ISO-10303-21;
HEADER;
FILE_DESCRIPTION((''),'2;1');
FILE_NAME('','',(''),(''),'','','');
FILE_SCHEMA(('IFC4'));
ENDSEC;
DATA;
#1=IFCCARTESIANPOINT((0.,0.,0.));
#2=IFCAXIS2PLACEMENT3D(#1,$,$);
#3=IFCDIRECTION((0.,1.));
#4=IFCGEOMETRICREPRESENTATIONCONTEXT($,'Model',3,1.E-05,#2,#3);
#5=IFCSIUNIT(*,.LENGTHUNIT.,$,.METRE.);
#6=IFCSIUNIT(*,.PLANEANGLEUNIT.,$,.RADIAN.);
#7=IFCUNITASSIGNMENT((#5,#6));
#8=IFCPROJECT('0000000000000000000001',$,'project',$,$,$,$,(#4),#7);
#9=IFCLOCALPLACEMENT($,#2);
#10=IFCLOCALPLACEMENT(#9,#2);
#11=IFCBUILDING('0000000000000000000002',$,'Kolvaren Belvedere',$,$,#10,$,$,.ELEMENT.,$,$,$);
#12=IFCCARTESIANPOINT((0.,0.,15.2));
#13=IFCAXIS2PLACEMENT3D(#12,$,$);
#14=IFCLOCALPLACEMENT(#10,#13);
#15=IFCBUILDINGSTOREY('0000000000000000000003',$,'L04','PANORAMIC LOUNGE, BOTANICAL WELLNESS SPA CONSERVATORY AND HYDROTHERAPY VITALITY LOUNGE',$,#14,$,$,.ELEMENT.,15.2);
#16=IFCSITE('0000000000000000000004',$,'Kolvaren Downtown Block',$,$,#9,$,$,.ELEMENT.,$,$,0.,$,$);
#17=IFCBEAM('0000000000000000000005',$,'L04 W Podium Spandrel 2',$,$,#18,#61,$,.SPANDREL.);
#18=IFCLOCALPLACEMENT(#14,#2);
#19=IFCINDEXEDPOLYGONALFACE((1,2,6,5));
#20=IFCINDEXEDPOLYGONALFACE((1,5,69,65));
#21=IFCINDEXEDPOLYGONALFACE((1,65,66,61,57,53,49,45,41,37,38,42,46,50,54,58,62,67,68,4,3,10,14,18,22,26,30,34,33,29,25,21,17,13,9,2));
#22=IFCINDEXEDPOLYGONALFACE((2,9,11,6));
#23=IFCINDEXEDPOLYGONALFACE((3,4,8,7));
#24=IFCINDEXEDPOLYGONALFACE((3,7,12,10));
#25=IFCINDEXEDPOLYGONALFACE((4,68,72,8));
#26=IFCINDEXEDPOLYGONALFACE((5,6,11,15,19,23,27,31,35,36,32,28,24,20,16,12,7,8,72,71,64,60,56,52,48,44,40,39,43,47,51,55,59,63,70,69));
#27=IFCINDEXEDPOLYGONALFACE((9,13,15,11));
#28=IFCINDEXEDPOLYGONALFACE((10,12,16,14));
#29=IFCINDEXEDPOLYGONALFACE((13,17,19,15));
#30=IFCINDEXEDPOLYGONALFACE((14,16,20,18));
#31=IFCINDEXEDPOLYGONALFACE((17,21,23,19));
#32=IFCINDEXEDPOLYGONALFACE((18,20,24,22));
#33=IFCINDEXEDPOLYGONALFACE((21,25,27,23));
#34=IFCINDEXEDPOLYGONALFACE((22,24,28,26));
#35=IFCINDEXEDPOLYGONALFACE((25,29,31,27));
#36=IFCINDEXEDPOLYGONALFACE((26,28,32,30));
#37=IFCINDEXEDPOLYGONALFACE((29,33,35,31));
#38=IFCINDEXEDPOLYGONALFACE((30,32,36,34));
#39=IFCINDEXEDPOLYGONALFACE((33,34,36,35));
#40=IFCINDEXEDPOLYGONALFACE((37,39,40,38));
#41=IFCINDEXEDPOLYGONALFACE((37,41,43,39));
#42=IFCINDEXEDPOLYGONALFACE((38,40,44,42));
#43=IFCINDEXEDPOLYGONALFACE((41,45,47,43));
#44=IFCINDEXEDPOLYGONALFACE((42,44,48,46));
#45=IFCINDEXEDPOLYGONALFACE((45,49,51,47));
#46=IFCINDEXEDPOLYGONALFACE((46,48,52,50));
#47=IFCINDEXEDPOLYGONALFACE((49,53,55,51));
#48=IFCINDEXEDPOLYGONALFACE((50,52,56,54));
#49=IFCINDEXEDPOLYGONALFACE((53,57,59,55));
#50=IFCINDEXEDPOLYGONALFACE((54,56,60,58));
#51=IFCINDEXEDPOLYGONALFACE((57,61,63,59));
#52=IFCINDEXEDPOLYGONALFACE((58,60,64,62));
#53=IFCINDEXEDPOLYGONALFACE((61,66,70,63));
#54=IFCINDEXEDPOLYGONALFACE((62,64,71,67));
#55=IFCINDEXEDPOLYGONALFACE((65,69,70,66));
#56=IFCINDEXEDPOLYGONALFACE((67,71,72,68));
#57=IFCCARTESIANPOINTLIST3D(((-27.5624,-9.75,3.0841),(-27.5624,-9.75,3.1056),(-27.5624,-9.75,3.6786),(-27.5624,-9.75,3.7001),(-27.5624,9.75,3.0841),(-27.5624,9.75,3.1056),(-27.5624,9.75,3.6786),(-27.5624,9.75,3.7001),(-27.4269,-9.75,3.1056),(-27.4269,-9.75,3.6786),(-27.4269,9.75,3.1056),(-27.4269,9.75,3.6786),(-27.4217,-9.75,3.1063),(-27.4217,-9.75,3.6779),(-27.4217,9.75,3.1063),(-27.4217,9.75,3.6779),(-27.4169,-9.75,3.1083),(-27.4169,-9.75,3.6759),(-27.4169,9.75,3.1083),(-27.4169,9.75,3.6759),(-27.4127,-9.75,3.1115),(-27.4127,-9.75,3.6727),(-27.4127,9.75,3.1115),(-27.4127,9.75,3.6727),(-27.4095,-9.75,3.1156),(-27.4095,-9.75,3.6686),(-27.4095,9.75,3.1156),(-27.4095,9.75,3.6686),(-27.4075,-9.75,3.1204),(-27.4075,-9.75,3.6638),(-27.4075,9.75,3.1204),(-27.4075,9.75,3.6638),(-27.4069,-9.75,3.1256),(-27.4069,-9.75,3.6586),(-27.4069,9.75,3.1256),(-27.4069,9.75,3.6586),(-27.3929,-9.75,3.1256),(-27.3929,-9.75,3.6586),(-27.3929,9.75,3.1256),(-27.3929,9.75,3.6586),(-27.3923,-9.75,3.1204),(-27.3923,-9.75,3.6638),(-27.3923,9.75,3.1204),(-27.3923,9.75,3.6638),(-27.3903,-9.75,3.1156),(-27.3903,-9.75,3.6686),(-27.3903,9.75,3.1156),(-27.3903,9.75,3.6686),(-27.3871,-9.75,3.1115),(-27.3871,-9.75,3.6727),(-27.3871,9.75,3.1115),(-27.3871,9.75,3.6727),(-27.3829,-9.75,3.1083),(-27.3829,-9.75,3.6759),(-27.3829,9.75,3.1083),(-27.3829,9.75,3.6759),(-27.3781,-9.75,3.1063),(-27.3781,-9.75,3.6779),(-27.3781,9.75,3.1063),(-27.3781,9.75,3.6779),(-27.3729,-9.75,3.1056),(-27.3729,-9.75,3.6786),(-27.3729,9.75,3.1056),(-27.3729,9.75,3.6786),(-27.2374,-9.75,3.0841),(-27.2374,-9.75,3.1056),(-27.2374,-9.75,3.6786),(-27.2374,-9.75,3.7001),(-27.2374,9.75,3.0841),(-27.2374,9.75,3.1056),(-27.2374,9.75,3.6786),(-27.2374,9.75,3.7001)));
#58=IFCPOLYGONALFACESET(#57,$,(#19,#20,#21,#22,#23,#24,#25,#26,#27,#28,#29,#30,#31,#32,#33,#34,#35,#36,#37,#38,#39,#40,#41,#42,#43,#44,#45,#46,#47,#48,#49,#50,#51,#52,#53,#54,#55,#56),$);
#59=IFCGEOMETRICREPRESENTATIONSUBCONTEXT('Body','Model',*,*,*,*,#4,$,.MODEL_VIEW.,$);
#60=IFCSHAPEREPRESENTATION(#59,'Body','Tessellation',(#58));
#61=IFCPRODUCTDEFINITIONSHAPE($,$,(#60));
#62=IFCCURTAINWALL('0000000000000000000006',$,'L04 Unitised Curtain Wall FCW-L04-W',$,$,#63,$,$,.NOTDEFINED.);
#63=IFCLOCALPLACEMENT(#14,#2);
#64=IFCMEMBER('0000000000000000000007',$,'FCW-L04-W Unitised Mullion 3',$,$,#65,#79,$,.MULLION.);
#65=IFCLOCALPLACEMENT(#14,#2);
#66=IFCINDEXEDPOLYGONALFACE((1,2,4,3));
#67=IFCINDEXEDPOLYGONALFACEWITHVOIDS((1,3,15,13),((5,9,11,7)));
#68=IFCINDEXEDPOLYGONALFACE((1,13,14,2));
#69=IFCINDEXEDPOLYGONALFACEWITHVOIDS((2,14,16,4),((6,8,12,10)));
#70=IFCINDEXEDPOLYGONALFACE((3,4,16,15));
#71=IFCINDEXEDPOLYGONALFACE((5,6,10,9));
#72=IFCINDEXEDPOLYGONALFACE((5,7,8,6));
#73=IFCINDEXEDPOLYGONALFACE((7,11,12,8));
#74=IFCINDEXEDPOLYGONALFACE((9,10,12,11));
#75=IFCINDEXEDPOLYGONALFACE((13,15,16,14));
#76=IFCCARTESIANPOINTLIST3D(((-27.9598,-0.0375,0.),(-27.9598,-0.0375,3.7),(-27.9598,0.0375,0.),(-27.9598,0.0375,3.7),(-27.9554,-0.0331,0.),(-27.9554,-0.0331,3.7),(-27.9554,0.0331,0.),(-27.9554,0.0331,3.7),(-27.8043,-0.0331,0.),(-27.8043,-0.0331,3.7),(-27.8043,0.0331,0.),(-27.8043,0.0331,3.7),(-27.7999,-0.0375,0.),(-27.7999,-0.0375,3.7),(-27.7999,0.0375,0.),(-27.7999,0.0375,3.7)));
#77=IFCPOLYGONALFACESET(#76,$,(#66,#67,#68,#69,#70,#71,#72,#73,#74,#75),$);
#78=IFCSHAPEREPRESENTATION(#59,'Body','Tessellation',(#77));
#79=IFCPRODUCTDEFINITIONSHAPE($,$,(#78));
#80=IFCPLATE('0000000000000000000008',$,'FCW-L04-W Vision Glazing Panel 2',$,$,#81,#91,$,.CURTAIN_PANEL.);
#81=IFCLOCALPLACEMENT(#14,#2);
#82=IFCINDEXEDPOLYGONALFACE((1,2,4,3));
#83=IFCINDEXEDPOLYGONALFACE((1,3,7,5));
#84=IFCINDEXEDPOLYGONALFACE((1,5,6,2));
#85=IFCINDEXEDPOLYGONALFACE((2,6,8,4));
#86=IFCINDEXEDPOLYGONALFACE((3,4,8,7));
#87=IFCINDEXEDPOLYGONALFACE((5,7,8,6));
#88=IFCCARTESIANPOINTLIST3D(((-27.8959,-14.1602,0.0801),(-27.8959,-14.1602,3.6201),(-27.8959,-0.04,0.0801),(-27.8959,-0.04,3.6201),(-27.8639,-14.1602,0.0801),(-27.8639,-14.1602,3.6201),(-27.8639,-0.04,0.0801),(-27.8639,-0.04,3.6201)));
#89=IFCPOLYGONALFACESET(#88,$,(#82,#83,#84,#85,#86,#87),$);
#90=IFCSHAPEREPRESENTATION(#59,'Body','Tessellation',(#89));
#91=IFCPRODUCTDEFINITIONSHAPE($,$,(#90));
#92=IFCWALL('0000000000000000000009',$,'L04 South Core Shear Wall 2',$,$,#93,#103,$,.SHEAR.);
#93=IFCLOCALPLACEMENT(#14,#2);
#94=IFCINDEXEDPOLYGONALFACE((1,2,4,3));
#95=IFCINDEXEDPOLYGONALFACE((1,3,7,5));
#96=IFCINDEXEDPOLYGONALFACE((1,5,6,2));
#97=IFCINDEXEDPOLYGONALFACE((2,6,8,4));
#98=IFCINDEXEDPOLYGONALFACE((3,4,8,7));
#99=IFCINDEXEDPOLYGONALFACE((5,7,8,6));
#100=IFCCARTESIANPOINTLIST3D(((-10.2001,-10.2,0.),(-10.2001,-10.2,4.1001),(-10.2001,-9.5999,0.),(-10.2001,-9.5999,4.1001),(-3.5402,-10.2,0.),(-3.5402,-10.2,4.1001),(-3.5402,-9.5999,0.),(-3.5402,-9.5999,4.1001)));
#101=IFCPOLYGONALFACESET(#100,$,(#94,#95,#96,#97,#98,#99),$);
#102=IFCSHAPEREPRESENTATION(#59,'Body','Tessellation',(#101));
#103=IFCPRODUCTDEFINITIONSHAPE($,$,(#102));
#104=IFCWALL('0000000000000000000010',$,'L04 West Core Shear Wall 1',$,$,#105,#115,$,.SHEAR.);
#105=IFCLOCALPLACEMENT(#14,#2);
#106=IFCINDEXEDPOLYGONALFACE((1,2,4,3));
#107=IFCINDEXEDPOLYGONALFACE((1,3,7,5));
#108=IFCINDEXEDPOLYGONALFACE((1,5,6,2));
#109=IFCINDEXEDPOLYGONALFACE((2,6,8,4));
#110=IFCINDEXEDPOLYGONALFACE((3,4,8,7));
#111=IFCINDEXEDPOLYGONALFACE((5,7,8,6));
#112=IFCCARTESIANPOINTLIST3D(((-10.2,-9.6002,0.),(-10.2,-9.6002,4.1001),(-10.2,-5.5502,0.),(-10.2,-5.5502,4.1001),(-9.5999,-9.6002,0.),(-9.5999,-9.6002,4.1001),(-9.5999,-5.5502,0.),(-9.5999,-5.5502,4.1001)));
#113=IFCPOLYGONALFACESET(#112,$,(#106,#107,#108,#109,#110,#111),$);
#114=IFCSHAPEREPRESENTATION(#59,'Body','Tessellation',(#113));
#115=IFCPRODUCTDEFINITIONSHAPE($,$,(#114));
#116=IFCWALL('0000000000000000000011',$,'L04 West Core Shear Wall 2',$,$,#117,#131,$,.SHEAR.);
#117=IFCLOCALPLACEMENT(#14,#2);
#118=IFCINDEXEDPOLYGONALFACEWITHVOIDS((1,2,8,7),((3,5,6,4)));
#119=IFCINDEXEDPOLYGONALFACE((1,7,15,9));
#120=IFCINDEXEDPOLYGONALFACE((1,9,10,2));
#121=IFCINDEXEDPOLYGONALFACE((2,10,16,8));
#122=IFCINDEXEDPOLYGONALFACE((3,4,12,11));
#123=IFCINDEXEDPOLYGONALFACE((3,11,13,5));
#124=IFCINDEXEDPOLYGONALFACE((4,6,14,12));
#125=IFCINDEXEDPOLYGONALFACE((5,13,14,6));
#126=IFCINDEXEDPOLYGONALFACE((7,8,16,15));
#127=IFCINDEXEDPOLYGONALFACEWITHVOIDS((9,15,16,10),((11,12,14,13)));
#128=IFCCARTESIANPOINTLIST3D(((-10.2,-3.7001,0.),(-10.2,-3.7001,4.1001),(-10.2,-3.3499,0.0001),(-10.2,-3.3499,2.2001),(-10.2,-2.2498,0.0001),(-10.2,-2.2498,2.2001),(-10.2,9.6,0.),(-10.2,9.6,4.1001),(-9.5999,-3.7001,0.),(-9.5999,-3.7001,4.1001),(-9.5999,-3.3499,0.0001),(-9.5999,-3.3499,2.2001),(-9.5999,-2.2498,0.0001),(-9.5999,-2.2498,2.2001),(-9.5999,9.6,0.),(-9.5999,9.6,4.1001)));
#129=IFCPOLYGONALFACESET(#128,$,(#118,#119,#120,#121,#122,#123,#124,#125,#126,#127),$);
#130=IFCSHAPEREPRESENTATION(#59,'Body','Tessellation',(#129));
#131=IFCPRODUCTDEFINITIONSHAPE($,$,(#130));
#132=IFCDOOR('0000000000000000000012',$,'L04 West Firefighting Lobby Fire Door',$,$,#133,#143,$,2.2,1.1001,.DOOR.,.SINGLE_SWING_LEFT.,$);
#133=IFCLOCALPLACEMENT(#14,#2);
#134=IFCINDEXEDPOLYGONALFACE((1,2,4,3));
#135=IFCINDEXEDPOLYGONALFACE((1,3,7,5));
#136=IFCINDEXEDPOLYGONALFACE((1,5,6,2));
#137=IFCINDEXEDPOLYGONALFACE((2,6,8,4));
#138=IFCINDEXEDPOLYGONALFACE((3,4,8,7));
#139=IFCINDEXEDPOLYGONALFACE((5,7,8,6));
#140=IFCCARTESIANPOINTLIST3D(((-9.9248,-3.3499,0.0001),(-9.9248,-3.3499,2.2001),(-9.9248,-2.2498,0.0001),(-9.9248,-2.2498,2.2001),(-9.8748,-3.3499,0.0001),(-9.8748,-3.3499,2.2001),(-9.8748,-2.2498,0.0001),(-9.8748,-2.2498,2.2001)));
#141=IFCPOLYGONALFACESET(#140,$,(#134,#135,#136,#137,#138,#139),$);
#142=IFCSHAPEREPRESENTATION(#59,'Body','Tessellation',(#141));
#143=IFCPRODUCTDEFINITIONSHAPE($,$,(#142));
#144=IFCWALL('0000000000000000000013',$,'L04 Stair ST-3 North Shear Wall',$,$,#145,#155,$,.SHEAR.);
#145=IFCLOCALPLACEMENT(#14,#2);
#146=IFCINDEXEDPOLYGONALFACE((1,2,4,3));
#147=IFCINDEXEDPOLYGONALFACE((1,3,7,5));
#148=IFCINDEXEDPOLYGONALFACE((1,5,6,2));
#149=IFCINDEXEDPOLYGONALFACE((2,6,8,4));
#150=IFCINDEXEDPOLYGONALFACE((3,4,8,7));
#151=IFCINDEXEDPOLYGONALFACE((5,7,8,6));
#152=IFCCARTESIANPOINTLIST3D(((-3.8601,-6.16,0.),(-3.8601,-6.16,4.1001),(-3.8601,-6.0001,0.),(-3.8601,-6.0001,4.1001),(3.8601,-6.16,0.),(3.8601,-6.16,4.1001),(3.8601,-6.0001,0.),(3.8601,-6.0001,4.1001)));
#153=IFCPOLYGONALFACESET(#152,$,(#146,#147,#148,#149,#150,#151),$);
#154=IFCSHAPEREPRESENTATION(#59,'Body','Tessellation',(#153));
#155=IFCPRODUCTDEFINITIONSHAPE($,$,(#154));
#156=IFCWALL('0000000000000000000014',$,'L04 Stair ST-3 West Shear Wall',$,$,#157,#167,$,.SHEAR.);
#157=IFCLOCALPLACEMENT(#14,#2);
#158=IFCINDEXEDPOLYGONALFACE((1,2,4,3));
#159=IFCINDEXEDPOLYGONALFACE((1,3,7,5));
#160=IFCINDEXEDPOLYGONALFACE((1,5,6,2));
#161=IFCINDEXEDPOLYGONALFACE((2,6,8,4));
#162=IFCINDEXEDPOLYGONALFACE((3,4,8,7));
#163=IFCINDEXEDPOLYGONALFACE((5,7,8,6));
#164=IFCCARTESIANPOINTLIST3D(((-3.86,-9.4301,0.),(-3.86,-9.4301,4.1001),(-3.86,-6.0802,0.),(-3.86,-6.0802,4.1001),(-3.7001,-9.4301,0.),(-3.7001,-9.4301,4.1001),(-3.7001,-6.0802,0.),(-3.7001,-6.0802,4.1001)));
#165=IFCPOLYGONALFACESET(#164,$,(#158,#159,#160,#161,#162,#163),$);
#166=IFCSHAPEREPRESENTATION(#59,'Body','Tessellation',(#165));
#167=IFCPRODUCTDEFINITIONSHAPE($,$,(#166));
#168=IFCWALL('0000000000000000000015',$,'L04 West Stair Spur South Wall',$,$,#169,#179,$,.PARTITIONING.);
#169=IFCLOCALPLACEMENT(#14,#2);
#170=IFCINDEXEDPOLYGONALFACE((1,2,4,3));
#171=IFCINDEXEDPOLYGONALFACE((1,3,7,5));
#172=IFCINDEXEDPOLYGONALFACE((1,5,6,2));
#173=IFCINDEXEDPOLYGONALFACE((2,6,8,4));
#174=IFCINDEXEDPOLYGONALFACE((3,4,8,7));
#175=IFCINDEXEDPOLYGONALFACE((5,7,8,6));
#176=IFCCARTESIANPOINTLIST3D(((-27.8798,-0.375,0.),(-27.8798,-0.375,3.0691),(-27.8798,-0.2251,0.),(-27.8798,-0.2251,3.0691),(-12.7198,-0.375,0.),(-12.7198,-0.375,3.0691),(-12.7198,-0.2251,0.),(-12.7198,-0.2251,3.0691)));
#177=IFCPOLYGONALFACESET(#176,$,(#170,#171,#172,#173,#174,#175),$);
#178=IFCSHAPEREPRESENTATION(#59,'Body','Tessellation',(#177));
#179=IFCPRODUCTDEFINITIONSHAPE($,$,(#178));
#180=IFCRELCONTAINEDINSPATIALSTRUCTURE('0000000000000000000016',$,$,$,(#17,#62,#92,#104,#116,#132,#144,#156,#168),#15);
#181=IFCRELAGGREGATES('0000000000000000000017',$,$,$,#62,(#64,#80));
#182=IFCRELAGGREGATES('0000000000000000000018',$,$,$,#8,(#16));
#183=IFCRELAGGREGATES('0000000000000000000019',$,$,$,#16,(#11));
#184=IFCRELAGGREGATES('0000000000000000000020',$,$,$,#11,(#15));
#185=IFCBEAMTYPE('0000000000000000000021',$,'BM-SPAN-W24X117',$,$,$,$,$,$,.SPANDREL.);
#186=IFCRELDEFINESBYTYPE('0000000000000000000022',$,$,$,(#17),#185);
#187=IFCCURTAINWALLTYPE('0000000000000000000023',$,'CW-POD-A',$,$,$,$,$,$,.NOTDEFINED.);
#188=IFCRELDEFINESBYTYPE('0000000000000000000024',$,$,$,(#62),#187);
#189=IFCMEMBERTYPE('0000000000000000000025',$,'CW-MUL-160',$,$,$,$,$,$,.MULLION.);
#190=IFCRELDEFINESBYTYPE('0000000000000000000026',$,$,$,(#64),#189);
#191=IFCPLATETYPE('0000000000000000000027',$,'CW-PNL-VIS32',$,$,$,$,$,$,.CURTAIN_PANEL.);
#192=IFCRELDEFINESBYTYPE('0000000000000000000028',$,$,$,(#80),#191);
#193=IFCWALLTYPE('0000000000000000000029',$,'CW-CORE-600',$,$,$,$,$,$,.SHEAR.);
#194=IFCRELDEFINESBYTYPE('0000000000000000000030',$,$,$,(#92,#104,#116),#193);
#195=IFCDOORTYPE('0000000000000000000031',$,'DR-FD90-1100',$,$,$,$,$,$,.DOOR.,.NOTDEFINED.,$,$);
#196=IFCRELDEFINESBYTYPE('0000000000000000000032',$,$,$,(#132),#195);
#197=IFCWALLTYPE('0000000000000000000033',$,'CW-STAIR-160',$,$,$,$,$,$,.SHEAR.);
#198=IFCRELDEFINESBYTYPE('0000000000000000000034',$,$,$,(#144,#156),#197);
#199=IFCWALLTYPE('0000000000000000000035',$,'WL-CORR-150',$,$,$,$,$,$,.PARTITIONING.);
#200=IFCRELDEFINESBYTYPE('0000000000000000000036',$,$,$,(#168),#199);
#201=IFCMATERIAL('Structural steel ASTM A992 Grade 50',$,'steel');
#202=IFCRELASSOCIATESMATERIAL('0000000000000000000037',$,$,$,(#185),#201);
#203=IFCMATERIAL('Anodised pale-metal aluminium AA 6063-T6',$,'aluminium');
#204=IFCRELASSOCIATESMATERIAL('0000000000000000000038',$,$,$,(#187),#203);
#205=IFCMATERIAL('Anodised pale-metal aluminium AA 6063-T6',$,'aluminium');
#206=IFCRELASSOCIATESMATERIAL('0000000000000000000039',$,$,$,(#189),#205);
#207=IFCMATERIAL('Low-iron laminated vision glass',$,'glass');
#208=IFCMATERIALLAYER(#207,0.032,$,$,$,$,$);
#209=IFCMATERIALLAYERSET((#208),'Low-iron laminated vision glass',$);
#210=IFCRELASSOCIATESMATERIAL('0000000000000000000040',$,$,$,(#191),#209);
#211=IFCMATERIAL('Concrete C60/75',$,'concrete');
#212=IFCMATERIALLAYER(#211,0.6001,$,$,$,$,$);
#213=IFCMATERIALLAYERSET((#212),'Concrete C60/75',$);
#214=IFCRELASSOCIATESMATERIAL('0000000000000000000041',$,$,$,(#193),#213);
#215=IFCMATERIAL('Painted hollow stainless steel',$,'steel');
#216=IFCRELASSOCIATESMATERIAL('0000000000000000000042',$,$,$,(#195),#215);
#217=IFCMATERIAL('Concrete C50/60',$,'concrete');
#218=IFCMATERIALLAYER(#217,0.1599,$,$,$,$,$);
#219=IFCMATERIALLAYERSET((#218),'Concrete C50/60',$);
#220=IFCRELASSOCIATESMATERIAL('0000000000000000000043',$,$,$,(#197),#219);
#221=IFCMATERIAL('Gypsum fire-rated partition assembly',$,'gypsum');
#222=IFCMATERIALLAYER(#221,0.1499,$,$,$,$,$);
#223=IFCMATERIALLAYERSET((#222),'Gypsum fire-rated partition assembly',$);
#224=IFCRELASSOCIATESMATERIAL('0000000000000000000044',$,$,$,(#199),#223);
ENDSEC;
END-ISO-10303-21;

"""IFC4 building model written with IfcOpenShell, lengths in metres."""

from ifc_helpers import new_model, si_unit, direction, frame, frame_2d, origin, origin_2d, place, context, subcontext, project, spatial, rectangle, hollow_rectangle, i_section, extrude, material, layer, layer_set, material_profile, profile_set, type_object, element, fill, aggregate, save


model = new_model("IFC4")

# Units and contexts
model_context = context("Model", 3, precision=1e-05, world=origin(), true_north=direction((0.0, 1.0)))
body_context = subcontext(model_context, "Body", "Model", "MODEL_VIEW")
ifc_project = project(units=[si_unit("LENGTHUNIT", "METRE"), si_unit("PLANEANGLEUNIT", "RADIAN")], contexts=[model_context])

# Site, building, storey
site_placement = place(None, origin())
site = spatial("IfcSite", under=ifc_project, at=site_placement, Name="Kolvaren Downtown Block", CompositionType="ELEMENT", RefElevation=0.0)
building_placement = place(site_placement, origin())
building = spatial("IfcBuilding", under=site, at=building_placement, Name="Kolvaren Belvedere", CompositionType="ELEMENT")
storey_placement = place(building_placement, frame((0.0, 0.0, 15.2)))
storey = spatial("IfcBuildingStorey", under=building, at=storey_placement, Name="L04", Description="PANORAMIC LOUNGE, BOTANICAL WELLNESS SPA CONSERVATORY AND HYDROTHERAPY VITALITY LOUNGE", CompositionType="ELEMENT", Elevation=15.2)

# Beam
ifc_material_1 = material(Name="Structural steel ASTM A992 Grade 50", Category="steel")
ifc_material_profile_1 = material_profile(ifc_material_1, i_section(OverallWidth=0.325, OverallDepth=0.616, WebThickness=0.0139, FlangeThickness=0.0215, FilletRadius=0.02, at=origin_2d()), Name="W24X117")
ifc_profile_set_1 = profile_set([ifc_material_profile_1], Name="Structural steel ASTM A992 Grade 50")
beam_type_1 = type_object("IfcBeamType", Name="BM-SPAN-W24X117", PredefinedType="SPANDREL", material=ifc_profile_set_1)
beam_1_placement = place(storey_placement, frame((-27.3999, -9.75, 3.3921), z_axis=(0.0, 1.0, 0.0), x_axis=(-1.0, 0.0, 0.0)))
element("IfcBeam", 1, at=beam_1_placement, inside=storey, type_object=beam_type_1, Name="L04 W Podium Spandrel 2", PredefinedType="SPANDREL", context=body_context, shape_type="SweptSolid", body=[
    extrude(i_section(OverallWidth=0.325, OverallDepth=0.616, WebThickness=0.0139, FlangeThickness=0.0215, FilletRadius=0.02, at=origin_2d()), origin(), (0.0, 0.0, 1.0), 19.5),
])

# Curtain wall, member, plate
ifc_material_2 = material(Name="Anodised pale-metal aluminium AA 6063-T6", Category="aluminium")
curtain_wall_type = type_object("IfcCurtainWallType", Name="CW-POD-A", PredefinedType="NOTDEFINED", material=ifc_material_2)
curtain_wall_placement = place(storey_placement, origin())
curtain_wall = element("IfcCurtainWall", 2, at=curtain_wall_placement, inside=storey, type_object=curtain_wall_type, Name="L04 Unitised Curtain Wall FCW-L04-W", PredefinedType="NOTDEFINED")
ifc_material_3 = material(Name="Anodised pale-metal aluminium AA 6063-T6", Category="aluminium")
ifc_material_profile_2 = material_profile(ifc_material_3, hollow_rectangle(XDim=0.075, YDim=0.1599, WallThickness=0.0044, at=origin_2d()), Name="ALU-MUL-160X75")
ifc_profile_set_2 = profile_set([ifc_material_profile_2], Name="Anodised pale-metal aluminium AA 6063-T6")
member_type = type_object("IfcMemberType", Name="CW-MUL-160", PredefinedType="MULLION", material=ifc_profile_set_2)
member_placement = place(storey_placement, frame((-27.8799, 0.0, 0.0), z_axis=(0.0, 0.0, 1.0), x_axis=(0.0, 1.0, 0.0)))
member = element("IfcMember", 3, at=member_placement, type_object=member_type, Name="FCW-L04-W Unitised Mullion 3", PredefinedType="MULLION", context=body_context, shape_type="SweptSolid", body=[
    extrude(hollow_rectangle(XDim=0.075, YDim=0.1599, WallThickness=0.0044, at=origin_2d()), origin(), (0.0, 0.0, 1.0), 3.7),
])
ifc_material_4 = material(Name="Low-iron laminated vision glass", Category="glass")
ifc_layer_1 = layer(ifc_material_4, 0.032)
ifc_layer_set_1 = layer_set([ifc_layer_1], Name="Low-iron laminated vision glass")
plate_type = type_object("IfcPlateType", Name="CW-PNL-VIS32", PredefinedType="CURTAIN_PANEL", material=ifc_layer_set_1)
plate_placement = place(storey_placement, frame((-27.8799, -7.1001, 0.0801), z_axis=(0.0, 0.0, 1.0), x_axis=(0.0, 1.0, 0.0)))
plate = element("IfcPlate", 4, at=plate_placement, type_object=plate_type, Name="FCW-L04-W Vision Glazing Panel 2", PredefinedType="CURTAIN_PANEL", context=body_context, shape_type="SweptSolid", body=[
    extrude(rectangle(XDim=14.1201, YDim=0.032, at=origin_2d()), origin(), (0.0, 0.0, 1.0), 3.54),
])
aggregate(curtain_wall, [member, plate])

# Walls
ifc_material_5 = material(Name="Concrete C60/75", Category="concrete")
ifc_layer_2 = layer(ifc_material_5, 0.6001)
ifc_layer_set_2 = layer_set([ifc_layer_2], Name="Concrete C60/75")
wall_type_1 = type_object("IfcWallType", Name="CW-CORE-600", PredefinedType="SHEAR", material=ifc_layer_set_2)
wall_1_placement = place(storey_placement, frame((-3.54, -9.8999, 0.0), z_axis=(0.0, 0.0, 1.0), x_axis=(-1.0, 0.0, 0.0)))
element("IfcWall", 5, at=wall_1_placement, inside=storey, type_object=wall_type_1, Name="L04 South Core Shear Wall 2", PredefinedType="SHEAR", context=body_context, shape_type="SweptSolid", body=[
    extrude(rectangle(XDim=6.6599, YDim=0.6001, at=frame_2d((3.3301, 0.0))), origin(), (0.0, 0.0, 1.0), 4.1001),
])
wall_2_placement = place(storey_placement, frame((-9.8999, -9.6001, 0.0), z_axis=(0.0, 0.0, 1.0), x_axis=(0.0, 1.0, 0.0)))
element("IfcWall", 6, at=wall_2_placement, inside=storey, type_object=wall_type_1, Name="L04 West Core Shear Wall 1", PredefinedType="SHEAR", context=body_context, shape_type="SweptSolid", body=[
    extrude(rectangle(XDim=4.05, YDim=0.6001, at=frame_2d((2.0249, 0.0))), origin(), (0.0, 0.0, 1.0), 4.1001),
])

# Wall, opening, door
wall_3_placement = place(storey_placement, frame((-9.8999, -3.7, 0.0), z_axis=(0.0, 0.0, 1.0), x_axis=(0.0, 1.0, 0.0)))
wall_3 = element("IfcWall", 7, at=wall_3_placement, inside=storey, type_object=wall_type_1, Name="L04 West Core Shear Wall 2", PredefinedType="SHEAR", context=body_context, shape_type="SweptSolid", body=[
    extrude(rectangle(XDim=13.3, YDim=0.6001, at=frame_2d((6.6499, 0.0))), origin(), (0.0, 0.0, 1.0), 4.1001),
])
opening_1_placement = place(wall_3_placement, frame((0.3501, 0.0, 0.0)))
opening_1 = element("IfcOpeningElement", 8, at=opening_1_placement, cuts=wall_3, PredefinedType="OPENING", context=body_context, shape_type="SweptSolid", body=[
    extrude(rectangle(XDim=1.1001, YDim=2.2, at=frame_2d((0.55, 1.1001))), frame((0.0, 0.3101, 0.0), z_axis=(0.0, -1.0, 0.0), x_axis=(1.0, 0.0, 0.0)), (0.0, 0.0, 1.0), 0.6201),
])
ifc_material_6 = material(Name="Painted hollow stainless steel", Category="steel")
door_type_1 = type_object("IfcDoorType", Name="DR-FD90-1100", OperationType="NOTDEFINED", PredefinedType="DOOR", material=ifc_material_6)
door_1_placement = place(opening_1_placement, origin())
door_1 = element("IfcDoor", 9, at=door_1_placement, inside=storey, type_object=door_type_1, Name="L04 West Firefighting Lobby Fire Door", OperationType="SINGLE_SWING_LEFT", OverallHeight=2.2, OverallWidth=1.1001, PredefinedType="DOOR", context=body_context, shape_type="SweptSolid", body=[
    extrude(rectangle(XDim=1.1001, YDim=2.2, at=frame_2d((0.55, 1.1001))), frame((0.0, 0.0249, 0.0), z_axis=(0.0, -1.0, 0.0), x_axis=(1.0, 0.0, 0.0)), (0.0, 0.0, 1.0), 0.05),
])
fill(opening_1, door_1)

# Walls
ifc_material_7 = material(Name="Concrete C50/60", Category="concrete")
ifc_layer_3 = layer(ifc_material_7, 0.1599)
ifc_layer_set_3 = layer_set([ifc_layer_3], Name="Concrete C50/60")
wall_type_2 = type_object("IfcWallType", Name="CW-STAIR-160", PredefinedType="SHEAR", material=ifc_layer_set_3)
wall_4_placement = place(storey_placement, frame((-3.8601, -6.0801, 0.0), z_axis=(0.0, 0.0, 1.0), x_axis=(1.0, 0.0, 0.0)))
element("IfcWall", 10, at=wall_4_placement, inside=storey, type_object=wall_type_2, Name="L04 Stair ST-3 North Shear Wall", PredefinedType="SHEAR", context=body_context, shape_type="SweptSolid", body=[
    extrude(rectangle(XDim=7.7202, YDim=0.1599, at=frame_2d((3.8601, 0.0))), origin(), (0.0, 0.0, 1.0), 4.1001),
])
wall_5_placement = place(storey_placement, frame((-3.78, -9.4299, 0.0), z_axis=(0.0, 0.0, 1.0), x_axis=(0.0, 1.0, 0.0)))
element("IfcWall", 11, at=wall_5_placement, inside=storey, type_object=wall_type_2, Name="L04 Stair ST-3 West Shear Wall", PredefinedType="SHEAR", context=body_context, shape_type="SweptSolid", body=[
    extrude(rectangle(XDim=3.3499, YDim=0.1599, at=frame_2d((1.6748, 0.0))), origin(), (0.0, 0.0, 1.0), 4.1001),
])
ifc_material_8 = material(Name="Gypsum fire-rated partition assembly", Category="gypsum")
ifc_layer_4 = layer(ifc_material_8, 0.1499)
ifc_layer_set_4 = layer_set([ifc_layer_4], Name="Gypsum fire-rated partition assembly")
wall_type_3 = type_object("IfcWallType", Name="WL-CORR-150", PredefinedType="PARTITIONING", material=ifc_layer_set_4)
wall_6_placement = place(storey_placement, frame((-27.8799, -0.3, 0.0), z_axis=(0.0, 0.0, 1.0), x_axis=(1.0, 0.0, 0.0)))
element("IfcWall", 12, at=wall_6_placement, inside=storey, type_object=wall_type_3, Name="L04 West Stair Spur South Wall", PredefinedType="PARTITIONING", context=body_context, shape_type="SweptSolid", body=[
    extrude(rectangle(XDim=15.1599, YDim=0.1499, at=frame_2d((7.5801, 0.0))), origin(), (0.0, 0.0, 1.0), 3.0691),
])

save(model, "model.ifc")
